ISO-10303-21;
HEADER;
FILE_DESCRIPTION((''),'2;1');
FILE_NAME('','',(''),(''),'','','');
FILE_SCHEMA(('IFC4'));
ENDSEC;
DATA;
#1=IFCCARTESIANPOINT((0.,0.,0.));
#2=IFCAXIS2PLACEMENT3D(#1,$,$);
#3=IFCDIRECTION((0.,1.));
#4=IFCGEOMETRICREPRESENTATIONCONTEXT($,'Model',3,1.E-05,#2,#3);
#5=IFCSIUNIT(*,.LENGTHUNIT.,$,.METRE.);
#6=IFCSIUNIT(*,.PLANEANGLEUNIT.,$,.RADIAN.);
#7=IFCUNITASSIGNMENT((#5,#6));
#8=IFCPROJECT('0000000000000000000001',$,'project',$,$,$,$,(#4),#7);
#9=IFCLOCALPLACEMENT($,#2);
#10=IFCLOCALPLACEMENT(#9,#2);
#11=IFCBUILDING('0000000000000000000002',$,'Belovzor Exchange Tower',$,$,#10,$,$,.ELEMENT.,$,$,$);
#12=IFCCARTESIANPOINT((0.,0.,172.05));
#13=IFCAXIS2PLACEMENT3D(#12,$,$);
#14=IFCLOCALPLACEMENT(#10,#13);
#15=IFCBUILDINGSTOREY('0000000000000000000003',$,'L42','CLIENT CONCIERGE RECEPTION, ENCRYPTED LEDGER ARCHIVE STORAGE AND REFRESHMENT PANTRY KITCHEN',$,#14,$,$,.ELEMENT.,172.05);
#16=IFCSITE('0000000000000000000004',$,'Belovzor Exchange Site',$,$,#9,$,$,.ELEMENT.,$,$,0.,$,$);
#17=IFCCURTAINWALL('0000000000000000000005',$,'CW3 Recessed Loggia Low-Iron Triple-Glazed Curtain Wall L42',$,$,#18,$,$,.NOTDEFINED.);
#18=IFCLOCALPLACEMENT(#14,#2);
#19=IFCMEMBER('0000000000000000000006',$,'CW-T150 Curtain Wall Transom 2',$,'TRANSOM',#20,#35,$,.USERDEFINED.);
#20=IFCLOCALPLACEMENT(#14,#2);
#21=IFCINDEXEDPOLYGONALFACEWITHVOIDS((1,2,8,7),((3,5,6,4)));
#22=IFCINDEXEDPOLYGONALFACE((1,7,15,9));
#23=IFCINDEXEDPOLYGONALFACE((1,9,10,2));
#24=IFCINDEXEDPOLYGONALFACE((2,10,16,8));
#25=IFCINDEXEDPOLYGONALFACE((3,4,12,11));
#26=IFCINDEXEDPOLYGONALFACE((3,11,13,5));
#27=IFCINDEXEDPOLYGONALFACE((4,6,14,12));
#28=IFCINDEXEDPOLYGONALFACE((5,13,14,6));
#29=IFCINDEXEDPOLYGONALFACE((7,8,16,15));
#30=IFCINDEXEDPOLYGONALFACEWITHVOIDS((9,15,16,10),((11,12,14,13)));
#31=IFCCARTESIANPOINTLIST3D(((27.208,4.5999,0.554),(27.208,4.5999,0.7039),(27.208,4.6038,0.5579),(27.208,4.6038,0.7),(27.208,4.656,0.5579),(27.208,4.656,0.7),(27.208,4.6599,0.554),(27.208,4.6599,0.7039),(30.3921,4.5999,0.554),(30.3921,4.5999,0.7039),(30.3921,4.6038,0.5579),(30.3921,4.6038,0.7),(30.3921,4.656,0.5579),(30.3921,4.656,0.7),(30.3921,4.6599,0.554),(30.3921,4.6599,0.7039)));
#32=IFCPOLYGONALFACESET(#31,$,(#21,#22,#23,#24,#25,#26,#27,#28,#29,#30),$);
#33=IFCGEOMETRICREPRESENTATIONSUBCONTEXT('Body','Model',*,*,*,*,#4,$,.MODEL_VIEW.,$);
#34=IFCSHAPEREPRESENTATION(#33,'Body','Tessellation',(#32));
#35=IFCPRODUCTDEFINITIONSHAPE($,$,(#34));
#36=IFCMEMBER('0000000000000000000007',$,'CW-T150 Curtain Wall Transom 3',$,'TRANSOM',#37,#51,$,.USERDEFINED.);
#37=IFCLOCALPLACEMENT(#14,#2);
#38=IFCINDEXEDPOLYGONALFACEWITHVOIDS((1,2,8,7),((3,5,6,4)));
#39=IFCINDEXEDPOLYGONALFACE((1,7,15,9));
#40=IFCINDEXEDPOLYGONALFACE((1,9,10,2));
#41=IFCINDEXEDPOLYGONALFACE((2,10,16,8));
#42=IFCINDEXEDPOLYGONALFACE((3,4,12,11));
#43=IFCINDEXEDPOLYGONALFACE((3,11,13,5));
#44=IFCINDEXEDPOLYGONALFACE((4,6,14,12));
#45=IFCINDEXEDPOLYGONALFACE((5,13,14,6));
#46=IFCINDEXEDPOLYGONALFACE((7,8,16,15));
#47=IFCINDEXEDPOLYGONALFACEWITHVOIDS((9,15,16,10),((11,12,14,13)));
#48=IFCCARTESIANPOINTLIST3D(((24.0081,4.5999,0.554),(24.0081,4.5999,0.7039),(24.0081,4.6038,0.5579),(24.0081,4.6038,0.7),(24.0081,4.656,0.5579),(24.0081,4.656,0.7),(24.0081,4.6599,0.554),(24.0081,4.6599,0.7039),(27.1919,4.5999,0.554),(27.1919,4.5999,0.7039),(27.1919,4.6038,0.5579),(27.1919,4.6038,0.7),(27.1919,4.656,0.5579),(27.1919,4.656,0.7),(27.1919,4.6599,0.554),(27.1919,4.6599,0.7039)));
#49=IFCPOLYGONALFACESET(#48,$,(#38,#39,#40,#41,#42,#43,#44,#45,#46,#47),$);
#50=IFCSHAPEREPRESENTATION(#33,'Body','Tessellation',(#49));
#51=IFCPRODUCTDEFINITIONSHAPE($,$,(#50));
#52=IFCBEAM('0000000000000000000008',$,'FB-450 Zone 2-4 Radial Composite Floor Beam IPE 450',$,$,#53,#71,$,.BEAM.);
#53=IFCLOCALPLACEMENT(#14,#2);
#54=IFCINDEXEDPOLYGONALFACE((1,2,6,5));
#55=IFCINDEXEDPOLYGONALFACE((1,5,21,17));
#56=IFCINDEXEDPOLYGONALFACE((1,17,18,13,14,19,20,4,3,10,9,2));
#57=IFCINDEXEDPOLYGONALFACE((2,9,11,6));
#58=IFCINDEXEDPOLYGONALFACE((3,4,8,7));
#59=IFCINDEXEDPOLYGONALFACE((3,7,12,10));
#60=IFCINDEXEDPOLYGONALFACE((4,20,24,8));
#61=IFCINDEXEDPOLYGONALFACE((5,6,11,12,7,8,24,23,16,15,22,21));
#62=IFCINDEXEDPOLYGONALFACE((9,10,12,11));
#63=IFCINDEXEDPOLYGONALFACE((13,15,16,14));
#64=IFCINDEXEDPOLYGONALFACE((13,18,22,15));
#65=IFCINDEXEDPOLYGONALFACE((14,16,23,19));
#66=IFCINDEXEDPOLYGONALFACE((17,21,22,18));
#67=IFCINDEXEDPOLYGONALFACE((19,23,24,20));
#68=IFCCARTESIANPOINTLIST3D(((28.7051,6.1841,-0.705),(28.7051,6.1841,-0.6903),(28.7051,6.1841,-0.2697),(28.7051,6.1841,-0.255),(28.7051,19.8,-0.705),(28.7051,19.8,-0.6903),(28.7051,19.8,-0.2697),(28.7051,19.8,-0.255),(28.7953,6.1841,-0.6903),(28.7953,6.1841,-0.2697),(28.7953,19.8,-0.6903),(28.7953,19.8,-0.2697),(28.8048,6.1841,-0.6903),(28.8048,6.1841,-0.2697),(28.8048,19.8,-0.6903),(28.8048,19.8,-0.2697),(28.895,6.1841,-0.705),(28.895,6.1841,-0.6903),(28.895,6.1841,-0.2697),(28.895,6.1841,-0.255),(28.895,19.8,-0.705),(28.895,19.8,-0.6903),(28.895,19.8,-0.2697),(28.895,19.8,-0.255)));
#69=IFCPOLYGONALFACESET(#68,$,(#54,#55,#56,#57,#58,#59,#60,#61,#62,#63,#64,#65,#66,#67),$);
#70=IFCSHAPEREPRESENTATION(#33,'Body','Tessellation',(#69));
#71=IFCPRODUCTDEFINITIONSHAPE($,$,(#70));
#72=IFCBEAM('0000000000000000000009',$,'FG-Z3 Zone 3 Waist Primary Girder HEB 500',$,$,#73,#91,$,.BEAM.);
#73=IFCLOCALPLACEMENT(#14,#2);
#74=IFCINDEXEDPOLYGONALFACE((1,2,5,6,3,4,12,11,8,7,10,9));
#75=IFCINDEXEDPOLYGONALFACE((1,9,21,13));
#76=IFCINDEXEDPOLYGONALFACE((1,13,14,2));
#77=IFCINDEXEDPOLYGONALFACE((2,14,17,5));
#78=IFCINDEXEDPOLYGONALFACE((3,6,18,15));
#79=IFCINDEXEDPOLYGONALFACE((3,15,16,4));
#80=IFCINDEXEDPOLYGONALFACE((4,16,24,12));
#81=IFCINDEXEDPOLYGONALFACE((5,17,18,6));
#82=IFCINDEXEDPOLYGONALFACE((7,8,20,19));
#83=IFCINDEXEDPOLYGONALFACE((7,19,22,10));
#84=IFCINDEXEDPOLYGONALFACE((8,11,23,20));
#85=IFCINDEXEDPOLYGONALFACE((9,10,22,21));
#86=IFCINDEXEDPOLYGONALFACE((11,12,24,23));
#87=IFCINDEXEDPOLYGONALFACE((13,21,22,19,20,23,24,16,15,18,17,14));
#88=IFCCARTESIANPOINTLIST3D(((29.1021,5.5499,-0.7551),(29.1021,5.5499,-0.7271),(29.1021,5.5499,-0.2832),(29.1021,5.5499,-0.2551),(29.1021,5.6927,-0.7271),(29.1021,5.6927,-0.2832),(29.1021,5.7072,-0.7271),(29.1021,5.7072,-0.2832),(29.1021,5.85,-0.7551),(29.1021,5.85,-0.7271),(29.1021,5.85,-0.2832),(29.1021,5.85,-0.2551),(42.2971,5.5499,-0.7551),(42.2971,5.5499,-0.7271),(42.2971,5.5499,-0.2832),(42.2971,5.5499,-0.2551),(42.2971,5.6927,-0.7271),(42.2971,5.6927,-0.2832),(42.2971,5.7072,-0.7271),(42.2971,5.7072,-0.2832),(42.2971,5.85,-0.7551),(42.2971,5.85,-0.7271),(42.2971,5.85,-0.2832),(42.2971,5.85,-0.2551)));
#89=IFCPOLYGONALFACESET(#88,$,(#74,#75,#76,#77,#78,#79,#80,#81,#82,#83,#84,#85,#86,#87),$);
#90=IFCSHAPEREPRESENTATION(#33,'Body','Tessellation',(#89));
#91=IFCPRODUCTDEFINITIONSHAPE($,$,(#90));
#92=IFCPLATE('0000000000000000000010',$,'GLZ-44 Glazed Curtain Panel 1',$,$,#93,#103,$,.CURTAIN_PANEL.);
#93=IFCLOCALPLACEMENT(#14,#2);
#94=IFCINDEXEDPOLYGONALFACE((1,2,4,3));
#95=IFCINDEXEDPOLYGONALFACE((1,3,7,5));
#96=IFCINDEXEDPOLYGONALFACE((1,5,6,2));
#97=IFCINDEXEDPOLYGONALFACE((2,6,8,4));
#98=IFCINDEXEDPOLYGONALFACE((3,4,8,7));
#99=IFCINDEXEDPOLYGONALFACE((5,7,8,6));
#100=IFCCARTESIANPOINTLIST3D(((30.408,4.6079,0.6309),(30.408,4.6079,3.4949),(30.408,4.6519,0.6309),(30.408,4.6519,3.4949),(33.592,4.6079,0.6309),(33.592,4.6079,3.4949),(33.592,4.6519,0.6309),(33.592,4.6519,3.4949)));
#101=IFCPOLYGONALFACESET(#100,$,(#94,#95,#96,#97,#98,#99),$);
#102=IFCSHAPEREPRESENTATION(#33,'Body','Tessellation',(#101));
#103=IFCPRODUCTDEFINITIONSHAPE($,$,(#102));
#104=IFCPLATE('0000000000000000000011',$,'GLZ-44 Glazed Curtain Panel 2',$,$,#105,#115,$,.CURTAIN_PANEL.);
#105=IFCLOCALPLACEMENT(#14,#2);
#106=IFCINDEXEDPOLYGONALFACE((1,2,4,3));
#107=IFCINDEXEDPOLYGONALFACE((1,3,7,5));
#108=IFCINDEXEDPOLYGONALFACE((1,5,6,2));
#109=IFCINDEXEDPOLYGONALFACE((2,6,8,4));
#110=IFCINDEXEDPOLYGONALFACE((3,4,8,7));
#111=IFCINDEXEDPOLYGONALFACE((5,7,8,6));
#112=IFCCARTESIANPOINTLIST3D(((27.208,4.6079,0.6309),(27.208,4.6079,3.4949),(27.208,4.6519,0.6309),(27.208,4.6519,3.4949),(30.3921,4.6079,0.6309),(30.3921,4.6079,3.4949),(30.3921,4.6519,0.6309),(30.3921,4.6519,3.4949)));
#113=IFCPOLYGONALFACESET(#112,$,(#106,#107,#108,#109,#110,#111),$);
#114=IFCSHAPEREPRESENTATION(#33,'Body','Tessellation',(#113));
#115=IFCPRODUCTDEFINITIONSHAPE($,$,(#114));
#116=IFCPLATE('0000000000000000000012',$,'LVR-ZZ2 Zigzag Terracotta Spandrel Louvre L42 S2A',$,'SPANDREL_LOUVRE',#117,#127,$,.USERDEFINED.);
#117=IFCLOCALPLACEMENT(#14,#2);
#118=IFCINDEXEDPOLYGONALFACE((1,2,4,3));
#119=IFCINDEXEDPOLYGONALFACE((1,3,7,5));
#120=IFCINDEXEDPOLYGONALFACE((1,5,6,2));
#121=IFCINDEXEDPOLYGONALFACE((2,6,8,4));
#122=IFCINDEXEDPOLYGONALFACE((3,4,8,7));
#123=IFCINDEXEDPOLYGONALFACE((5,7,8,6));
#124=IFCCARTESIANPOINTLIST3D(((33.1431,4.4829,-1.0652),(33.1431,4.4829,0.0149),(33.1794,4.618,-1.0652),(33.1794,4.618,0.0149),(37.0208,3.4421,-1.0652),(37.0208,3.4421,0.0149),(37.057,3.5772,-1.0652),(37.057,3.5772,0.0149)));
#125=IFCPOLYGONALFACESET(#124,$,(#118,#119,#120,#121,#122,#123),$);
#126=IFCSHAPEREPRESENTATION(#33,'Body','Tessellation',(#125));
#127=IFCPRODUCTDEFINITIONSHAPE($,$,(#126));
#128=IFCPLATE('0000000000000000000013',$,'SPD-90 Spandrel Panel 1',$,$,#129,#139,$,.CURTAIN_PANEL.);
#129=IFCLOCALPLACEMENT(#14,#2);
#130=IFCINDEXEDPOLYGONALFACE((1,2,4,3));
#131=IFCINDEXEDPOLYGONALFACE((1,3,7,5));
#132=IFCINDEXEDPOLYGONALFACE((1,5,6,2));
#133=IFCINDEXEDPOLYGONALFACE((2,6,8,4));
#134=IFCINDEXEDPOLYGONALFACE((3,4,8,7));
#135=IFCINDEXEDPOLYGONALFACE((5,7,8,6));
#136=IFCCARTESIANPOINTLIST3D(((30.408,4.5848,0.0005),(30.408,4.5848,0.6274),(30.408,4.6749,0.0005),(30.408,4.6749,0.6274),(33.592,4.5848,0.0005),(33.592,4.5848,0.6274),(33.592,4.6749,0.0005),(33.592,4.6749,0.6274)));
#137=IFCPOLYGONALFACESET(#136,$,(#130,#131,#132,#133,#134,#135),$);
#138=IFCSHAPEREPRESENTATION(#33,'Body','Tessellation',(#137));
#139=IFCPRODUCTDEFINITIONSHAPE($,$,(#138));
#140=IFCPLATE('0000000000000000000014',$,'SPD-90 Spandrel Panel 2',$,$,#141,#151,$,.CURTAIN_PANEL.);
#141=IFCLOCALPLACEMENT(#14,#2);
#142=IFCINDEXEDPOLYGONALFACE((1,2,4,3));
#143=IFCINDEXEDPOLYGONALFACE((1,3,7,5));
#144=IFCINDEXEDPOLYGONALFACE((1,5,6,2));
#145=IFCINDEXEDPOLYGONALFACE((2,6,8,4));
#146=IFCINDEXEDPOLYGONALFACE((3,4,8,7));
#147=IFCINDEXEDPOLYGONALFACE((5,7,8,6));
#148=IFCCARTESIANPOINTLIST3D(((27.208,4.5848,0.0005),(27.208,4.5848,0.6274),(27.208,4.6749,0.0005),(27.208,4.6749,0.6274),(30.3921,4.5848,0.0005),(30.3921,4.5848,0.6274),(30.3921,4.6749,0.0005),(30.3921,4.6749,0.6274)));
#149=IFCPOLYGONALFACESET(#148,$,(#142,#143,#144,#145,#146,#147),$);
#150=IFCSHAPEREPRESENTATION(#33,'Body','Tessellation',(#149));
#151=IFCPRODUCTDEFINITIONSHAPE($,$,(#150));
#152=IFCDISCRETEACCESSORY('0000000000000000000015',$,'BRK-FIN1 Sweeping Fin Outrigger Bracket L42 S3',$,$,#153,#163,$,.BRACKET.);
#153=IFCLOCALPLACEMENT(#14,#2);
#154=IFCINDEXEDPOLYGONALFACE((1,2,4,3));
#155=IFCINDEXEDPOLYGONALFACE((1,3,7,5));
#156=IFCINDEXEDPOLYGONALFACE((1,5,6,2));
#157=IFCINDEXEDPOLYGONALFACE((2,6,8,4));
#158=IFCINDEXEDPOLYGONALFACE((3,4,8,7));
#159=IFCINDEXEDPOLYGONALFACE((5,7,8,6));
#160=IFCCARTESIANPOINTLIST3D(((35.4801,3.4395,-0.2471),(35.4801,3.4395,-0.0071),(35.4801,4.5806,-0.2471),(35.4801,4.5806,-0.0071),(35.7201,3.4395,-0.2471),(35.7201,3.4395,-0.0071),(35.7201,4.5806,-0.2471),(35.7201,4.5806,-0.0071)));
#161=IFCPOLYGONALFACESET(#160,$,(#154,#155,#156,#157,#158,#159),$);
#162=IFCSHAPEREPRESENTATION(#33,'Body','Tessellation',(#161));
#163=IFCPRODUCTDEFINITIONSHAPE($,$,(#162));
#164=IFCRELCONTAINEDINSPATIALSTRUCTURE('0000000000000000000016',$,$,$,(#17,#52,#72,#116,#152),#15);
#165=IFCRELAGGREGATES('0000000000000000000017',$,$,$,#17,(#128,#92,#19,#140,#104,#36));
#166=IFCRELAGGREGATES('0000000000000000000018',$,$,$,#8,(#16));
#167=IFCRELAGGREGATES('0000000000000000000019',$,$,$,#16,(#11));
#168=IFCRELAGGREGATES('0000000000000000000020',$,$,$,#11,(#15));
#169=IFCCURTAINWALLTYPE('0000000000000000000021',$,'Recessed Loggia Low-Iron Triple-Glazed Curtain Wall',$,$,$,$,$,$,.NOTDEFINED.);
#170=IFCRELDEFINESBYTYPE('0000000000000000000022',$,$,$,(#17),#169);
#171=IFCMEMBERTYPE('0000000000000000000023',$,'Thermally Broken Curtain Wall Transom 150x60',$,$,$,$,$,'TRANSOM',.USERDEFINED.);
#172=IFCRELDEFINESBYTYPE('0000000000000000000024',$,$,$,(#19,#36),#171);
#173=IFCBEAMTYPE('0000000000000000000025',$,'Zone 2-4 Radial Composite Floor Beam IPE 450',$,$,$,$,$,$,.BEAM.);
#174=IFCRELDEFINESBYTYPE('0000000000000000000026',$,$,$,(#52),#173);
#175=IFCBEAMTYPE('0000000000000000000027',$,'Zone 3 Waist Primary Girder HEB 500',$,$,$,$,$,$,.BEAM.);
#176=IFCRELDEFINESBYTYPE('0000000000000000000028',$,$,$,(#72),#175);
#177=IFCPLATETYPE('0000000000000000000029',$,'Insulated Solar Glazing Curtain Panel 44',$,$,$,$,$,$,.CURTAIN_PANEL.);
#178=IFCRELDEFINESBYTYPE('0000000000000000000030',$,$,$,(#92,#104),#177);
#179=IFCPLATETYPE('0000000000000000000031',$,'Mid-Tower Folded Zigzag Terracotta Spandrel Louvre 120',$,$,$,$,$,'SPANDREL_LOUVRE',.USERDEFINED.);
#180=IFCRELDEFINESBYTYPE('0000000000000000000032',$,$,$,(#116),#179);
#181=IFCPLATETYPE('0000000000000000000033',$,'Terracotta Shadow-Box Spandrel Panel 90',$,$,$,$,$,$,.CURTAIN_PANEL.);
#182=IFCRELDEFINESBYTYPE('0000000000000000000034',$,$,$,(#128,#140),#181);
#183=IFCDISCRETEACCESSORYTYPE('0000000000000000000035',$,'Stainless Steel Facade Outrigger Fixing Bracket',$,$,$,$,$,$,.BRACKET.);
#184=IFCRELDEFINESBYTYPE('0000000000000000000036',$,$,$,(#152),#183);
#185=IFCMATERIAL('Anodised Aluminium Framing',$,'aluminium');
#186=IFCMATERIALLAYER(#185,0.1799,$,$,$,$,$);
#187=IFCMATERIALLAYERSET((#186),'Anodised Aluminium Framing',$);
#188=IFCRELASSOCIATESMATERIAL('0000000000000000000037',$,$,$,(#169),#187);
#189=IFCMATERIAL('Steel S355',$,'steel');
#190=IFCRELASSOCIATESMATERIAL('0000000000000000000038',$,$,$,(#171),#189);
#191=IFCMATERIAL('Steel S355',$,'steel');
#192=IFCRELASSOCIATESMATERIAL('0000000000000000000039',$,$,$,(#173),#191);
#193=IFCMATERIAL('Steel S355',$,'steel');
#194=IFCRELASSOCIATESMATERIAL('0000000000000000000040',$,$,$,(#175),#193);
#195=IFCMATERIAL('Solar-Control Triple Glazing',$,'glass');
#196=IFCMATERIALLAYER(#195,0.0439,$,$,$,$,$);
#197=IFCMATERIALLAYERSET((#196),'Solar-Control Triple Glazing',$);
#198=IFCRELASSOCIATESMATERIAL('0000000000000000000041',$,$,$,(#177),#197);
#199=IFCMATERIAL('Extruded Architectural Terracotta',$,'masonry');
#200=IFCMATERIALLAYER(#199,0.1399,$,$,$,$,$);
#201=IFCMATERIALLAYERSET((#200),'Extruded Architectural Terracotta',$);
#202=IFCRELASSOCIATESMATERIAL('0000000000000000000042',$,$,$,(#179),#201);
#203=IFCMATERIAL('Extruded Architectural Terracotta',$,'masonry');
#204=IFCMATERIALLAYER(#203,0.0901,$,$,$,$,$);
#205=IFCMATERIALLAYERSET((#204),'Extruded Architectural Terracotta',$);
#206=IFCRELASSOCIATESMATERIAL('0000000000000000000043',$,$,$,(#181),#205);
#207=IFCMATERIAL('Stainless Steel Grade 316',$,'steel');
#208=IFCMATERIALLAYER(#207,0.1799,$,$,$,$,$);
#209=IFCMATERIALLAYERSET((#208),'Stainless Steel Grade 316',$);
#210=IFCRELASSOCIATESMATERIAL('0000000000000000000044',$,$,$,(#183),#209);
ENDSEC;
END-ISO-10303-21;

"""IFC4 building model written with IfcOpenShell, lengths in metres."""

from ifc_helpers import new_model, si_unit, direction, frame, origin, origin_2d, place, context, subcontext, project, spatial, rectangle, hollow_rectangle, i_section, extrude, material, layer, layer_set, material_profile, profile_set, type_object, element, aggregate, save


model = new_model("IFC4")

# Units and contexts
model_context = context("Model", 3, precision=1e-05, world=origin(), true_north=direction((0.0, 1.0)))
body_context = subcontext(model_context, "Body", "Model", "MODEL_VIEW")
ifc_project = project(units=[si_unit("LENGTHUNIT", "METRE"), si_unit("PLANEANGLEUNIT", "RADIAN")], contexts=[model_context])

# Site, building, storey
site_placement = place(None, origin())
site = spatial("IfcSite", under=ifc_project, at=site_placement, Name="Belovzor Exchange Site", CompositionType="ELEMENT", RefElevation=0.0)
building_placement = place(site_placement, origin())
building = spatial("IfcBuilding", under=site, at=building_placement, Name="Belovzor Exchange Tower", CompositionType="ELEMENT")
storey_placement = place(building_placement, frame((0.0, 0.0, 172.05)))
storey = spatial("IfcBuildingStorey", under=building, at=storey_placement, Name="L42", Description="CLIENT CONCIERGE RECEPTION, ENCRYPTED LEDGER ARCHIVE STORAGE AND REFRESHMENT PANTRY KITCHEN", CompositionType="ELEMENT", Elevation=172.05)

# Curtain wall, members
ifc_material_1 = material(Name="Anodised Aluminium Framing", Category="aluminium")
ifc_layer_1 = layer(ifc_material_1, 0.1799)
ifc_layer_set_1 = layer_set([ifc_layer_1], Name="Anodised Aluminium Framing")
curtain_wall_type = type_object("IfcCurtainWallType", Name="Recessed Loggia Low-Iron Triple-Glazed Curtain Wall", PredefinedType="NOTDEFINED", material=ifc_layer_set_1)
curtain_wall_placement = place(storey_placement, origin())
curtain_wall = element("IfcCurtainWall", 1, at=curtain_wall_placement, inside=storey, type_object=curtain_wall_type, Name="CW3 Recessed Loggia Low-Iron Triple-Glazed Curtain Wall L42", PredefinedType="NOTDEFINED")
ifc_material_2 = material(Name="Steel S355", Category="steel")
ifc_material_profile_1 = material_profile(ifc_material_2, hollow_rectangle(XDim=0.0601, YDim=0.1499, WallThickness=0.0039, at=origin_2d()))
ifc_profile_set_1 = profile_set([ifc_material_profile_1], Name="Steel S355")
member_type_1 = type_object("IfcMemberType", Name="Thermally Broken Curtain Wall Transom 150x60", ElementType="TRANSOM", PredefinedType="USERDEFINED", material=ifc_profile_set_1)
member_1_placement = place(storey_placement, frame((30.3921, 4.6299, 0.6289), z_axis=(-1.0, 0.0, 0.0), x_axis=(0.0, -1.0, 0.0)))
member_1 = element("IfcMember", 2, at=member_1_placement, type_object=member_type_1, Name="CW-T150 Curtain Wall Transom 2", ObjectType="TRANSOM", PredefinedType="USERDEFINED", context=body_context, shape_type="SweptSolid", body=[
    extrude(hollow_rectangle(XDim=0.0601, YDim=0.1499, WallThickness=0.0039, at=origin_2d()), origin(), (0.0, 0.0, 1.0), 3.1841),
])
member_2_placement = place(storey_placement, frame((27.1919, 4.6299, 0.6289), z_axis=(-1.0, 0.0, 0.0), x_axis=(0.0, -1.0, 0.0)))
member_2 = element("IfcMember", 3, at=member_2_placement, type_object=member_type_1, Name="CW-T150 Curtain Wall Transom 3", ObjectType="TRANSOM", PredefinedType="USERDEFINED", context=body_context, shape_type="SweptSolid", body=[
    extrude(hollow_rectangle(XDim=0.0601, YDim=0.1499, WallThickness=0.0039, at=origin_2d()), origin(), (0.0, 0.0, 1.0), 3.1838),
])

# Beams
ifc_material_3 = material(Name="Steel S355", Category="steel")
ifc_material_profile_2 = material_profile(ifc_material_3, i_section(OverallWidth=0.1899, OverallDepth=0.45, WebThickness=0.0095, FlangeThickness=0.0146, at=origin_2d()))
ifc_profile_set_2 = profile_set([ifc_material_profile_2], Name="Steel S355")
beam_type_1 = type_object("IfcBeamType", Name="Zone 2-4 Radial Composite Floor Beam IPE 450", PredefinedType="BEAM", material=ifc_profile_set_2)
beam_1_placement = place(storey_placement, frame((28.8, 19.8, -0.48), z_axis=(0.0, -1.0, 0.0), x_axis=(1.0, 0.0, 0.0)))
element("IfcBeam", 4, at=beam_1_placement, inside=storey, type_object=beam_type_1, Name="FB-450 Zone 2-4 Radial Composite Floor Beam IPE 450", PredefinedType="BEAM", context=body_context, shape_type="SweptSolid", body=[
    extrude(i_section(OverallWidth=0.1899, OverallDepth=0.45, WebThickness=0.0095, FlangeThickness=0.0146, at=origin_2d()), origin(), (0.0, 0.0, 1.0), 13.616),
])
ifc_material_4 = material(Name="Steel S355", Category="steel")
ifc_material_profile_3 = material_profile(ifc_material_4, i_section(OverallWidth=0.3, OverallDepth=0.5, WebThickness=0.0144, FlangeThickness=0.0281, at=origin_2d()))
ifc_profile_set_3 = profile_set([ifc_material_profile_3], Name="Steel S355")
beam_type_2 = type_object("IfcBeamType", Name="Zone 3 Waist Primary Girder HEB 500", PredefinedType="BEAM", material=ifc_profile_set_3)
beam_2_placement = place(storey_placement, frame((29.1021, 5.7, -0.5051), z_axis=(1.0, 0.0, 0.0), x_axis=(0.0, 1.0, 0.0)))
element("IfcBeam", 5, at=beam_2_placement, inside=storey, type_object=beam_type_2, Name="FG-Z3 Zone 3 Waist Primary Girder HEB 500", PredefinedType="BEAM", context=body_context, shape_type="SweptSolid", body=[
    extrude(i_section(OverallWidth=0.3, OverallDepth=0.5, WebThickness=0.0144, FlangeThickness=0.0281, at=origin_2d()), origin(), (0.0, 0.0, 1.0), 13.1951),
])

# Plates
ifc_material_5 = material(Name="Solar-Control Triple Glazing", Category="glass")
ifc_layer_2 = layer(ifc_material_5, 0.0439)
ifc_layer_set_2 = layer_set([ifc_layer_2], Name="Solar-Control Triple Glazing")
plate_type_1 = type_object("IfcPlateType", Name="Insulated Solar Glazing Curtain Panel 44", PredefinedType="CURTAIN_PANEL", material=ifc_layer_set_2)
plate_1_placement = place(storey_placement, frame((32.0, 4.6299, 0.6309), z_axis=(0.0, 0.0, 1.0), x_axis=(-1.0, 0.0, 0.0)))
plate_1 = element("IfcPlate", 6, at=plate_1_placement, type_object=plate_type_1, Name="GLZ-44 Glazed Curtain Panel 1", PredefinedType="CURTAIN_PANEL", context=body_context, shape_type="SweptSolid", body=[
    extrude(rectangle(XDim=3.1841, YDim=0.0439, at=origin_2d()), origin(), (0.0, 0.0, 1.0), 2.864),
])
plate_2_placement = place(storey_placement, frame((28.8, 4.6299, 0.6309), z_axis=(0.0, 0.0, 1.0), x_axis=(-1.0, 0.0, 0.0)))
plate_2 = element("IfcPlate", 7, at=plate_2_placement, type_object=plate_type_1, Name="GLZ-44 Glazed Curtain Panel 2", PredefinedType="CURTAIN_PANEL", context=body_context, shape_type="SweptSolid", body=[
    extrude(rectangle(XDim=3.1841, YDim=0.0439, at=origin_2d()), origin(), (0.0, 0.0, 1.0), 2.864),
])
ifc_material_6 = material(Name="Extruded Architectural Terracotta", Category="masonry")
ifc_layer_3 = layer(ifc_material_6, 0.1399)
ifc_layer_set_3 = layer_set([ifc_layer_3], Name="Extruded Architectural Terracotta")
plate_type_2 = type_object("IfcPlateType", Name="Mid-Tower Folded Zigzag Terracotta Spandrel Louvre 120", ElementType="SPANDREL_LOUVRE", PredefinedType="USERDEFINED", material=ifc_layer_set_3)
plate_3_placement = place(storey_placement, frame((35.1001, 4.03, -1.0652), z_axis=(0.0, 0.0, 1.0), x_axis=(0.965813, -0.25924, 0.0)))
element("IfcPlate", 8, at=plate_3_placement, inside=storey, type_object=plate_type_2, Name="LVR-ZZ2 Zigzag Terracotta Spandrel Louvre L42 S2A", ObjectType="SPANDREL_LOUVRE", PredefinedType="USERDEFINED", context=body_context, shape_type="SweptSolid", body=[
    extrude(rectangle(XDim=4.0149, YDim=0.1399, at=origin_2d()), origin(), (0.0, 0.0, 1.0), 1.0801),
])
ifc_material_7 = material(Name="Extruded Architectural Terracotta", Category="masonry")
ifc_layer_4 = layer(ifc_material_7, 0.0901)
ifc_layer_set_4 = layer_set([ifc_layer_4], Name="Extruded Architectural Terracotta")
plate_type_3 = type_object("IfcPlateType", Name="Terracotta Shadow-Box Spandrel Panel 90", PredefinedType="CURTAIN_PANEL", material=ifc_layer_set_4)
plate_4_placement = place(storey_placement, frame((32.0, 4.6299, 0.0005), z_axis=(0.0, 0.0, 1.0), x_axis=(-1.0, 0.0, 0.0)))
plate_4 = element("IfcPlate", 9, at=plate_4_placement, type_object=plate_type_3, Name="SPD-90 Spandrel Panel 1", PredefinedType="CURTAIN_PANEL", context=body_context, shape_type="SweptSolid", body=[
    extrude(rectangle(XDim=3.1841, YDim=0.0901, at=origin_2d()), origin(), (0.0, 0.0, 1.0), 0.627),
])
plate_5_placement = place(storey_placement, frame((28.8, 4.6299, 0.0005), z_axis=(0.0, 0.0, 1.0), x_axis=(-1.0, 0.0, 0.0)))
plate_5 = element("IfcPlate", 10, at=plate_5_placement, type_object=plate_type_3, Name="SPD-90 Spandrel Panel 2", PredefinedType="CURTAIN_PANEL", context=body_context, shape_type="SweptSolid", body=[
    extrude(rectangle(XDim=3.1841, YDim=0.0901, at=origin_2d()), origin(), (0.0, 0.0, 1.0), 0.627),
])
aggregate(curtain_wall, [plate_4, plate_1, member_1, plate_5, plate_2, member_2])

# Discrete accessory
ifc_material_8 = material(Name="Stainless Steel Grade 316", Category="steel")
ifc_layer_5 = layer(ifc_material_8, 0.1799)
ifc_layer_set_5 = layer_set([ifc_layer_5], Name="Stainless Steel Grade 316")
discrete_accessory_type = type_object("IfcDiscreteAccessoryType", Name="Stainless Steel Facade Outrigger Fixing Bracket", PredefinedType="BRACKET", material=ifc_layer_set_5)
discrete_accessory_placement = place(storey_placement, frame((35.6001, 4.01, -0.2471), z_axis=(0.0, 0.0, 1.0), x_axis=(0.0, 1.0, 0.0)))
element("IfcDiscreteAccessory", 11, at=discrete_accessory_placement, inside=storey, type_object=discrete_accessory_type, Name="BRK-FIN1 Sweeping Fin Outrigger Bracket L42 S3", PredefinedType="BRACKET", context=body_context, shape_type="SweptSolid", body=[
    extrude(rectangle(XDim=1.1411, YDim=0.24, at=origin_2d()), origin(), (0.0, 0.0, 1.0), 0.24),
])

save(model, "model.ifc")
